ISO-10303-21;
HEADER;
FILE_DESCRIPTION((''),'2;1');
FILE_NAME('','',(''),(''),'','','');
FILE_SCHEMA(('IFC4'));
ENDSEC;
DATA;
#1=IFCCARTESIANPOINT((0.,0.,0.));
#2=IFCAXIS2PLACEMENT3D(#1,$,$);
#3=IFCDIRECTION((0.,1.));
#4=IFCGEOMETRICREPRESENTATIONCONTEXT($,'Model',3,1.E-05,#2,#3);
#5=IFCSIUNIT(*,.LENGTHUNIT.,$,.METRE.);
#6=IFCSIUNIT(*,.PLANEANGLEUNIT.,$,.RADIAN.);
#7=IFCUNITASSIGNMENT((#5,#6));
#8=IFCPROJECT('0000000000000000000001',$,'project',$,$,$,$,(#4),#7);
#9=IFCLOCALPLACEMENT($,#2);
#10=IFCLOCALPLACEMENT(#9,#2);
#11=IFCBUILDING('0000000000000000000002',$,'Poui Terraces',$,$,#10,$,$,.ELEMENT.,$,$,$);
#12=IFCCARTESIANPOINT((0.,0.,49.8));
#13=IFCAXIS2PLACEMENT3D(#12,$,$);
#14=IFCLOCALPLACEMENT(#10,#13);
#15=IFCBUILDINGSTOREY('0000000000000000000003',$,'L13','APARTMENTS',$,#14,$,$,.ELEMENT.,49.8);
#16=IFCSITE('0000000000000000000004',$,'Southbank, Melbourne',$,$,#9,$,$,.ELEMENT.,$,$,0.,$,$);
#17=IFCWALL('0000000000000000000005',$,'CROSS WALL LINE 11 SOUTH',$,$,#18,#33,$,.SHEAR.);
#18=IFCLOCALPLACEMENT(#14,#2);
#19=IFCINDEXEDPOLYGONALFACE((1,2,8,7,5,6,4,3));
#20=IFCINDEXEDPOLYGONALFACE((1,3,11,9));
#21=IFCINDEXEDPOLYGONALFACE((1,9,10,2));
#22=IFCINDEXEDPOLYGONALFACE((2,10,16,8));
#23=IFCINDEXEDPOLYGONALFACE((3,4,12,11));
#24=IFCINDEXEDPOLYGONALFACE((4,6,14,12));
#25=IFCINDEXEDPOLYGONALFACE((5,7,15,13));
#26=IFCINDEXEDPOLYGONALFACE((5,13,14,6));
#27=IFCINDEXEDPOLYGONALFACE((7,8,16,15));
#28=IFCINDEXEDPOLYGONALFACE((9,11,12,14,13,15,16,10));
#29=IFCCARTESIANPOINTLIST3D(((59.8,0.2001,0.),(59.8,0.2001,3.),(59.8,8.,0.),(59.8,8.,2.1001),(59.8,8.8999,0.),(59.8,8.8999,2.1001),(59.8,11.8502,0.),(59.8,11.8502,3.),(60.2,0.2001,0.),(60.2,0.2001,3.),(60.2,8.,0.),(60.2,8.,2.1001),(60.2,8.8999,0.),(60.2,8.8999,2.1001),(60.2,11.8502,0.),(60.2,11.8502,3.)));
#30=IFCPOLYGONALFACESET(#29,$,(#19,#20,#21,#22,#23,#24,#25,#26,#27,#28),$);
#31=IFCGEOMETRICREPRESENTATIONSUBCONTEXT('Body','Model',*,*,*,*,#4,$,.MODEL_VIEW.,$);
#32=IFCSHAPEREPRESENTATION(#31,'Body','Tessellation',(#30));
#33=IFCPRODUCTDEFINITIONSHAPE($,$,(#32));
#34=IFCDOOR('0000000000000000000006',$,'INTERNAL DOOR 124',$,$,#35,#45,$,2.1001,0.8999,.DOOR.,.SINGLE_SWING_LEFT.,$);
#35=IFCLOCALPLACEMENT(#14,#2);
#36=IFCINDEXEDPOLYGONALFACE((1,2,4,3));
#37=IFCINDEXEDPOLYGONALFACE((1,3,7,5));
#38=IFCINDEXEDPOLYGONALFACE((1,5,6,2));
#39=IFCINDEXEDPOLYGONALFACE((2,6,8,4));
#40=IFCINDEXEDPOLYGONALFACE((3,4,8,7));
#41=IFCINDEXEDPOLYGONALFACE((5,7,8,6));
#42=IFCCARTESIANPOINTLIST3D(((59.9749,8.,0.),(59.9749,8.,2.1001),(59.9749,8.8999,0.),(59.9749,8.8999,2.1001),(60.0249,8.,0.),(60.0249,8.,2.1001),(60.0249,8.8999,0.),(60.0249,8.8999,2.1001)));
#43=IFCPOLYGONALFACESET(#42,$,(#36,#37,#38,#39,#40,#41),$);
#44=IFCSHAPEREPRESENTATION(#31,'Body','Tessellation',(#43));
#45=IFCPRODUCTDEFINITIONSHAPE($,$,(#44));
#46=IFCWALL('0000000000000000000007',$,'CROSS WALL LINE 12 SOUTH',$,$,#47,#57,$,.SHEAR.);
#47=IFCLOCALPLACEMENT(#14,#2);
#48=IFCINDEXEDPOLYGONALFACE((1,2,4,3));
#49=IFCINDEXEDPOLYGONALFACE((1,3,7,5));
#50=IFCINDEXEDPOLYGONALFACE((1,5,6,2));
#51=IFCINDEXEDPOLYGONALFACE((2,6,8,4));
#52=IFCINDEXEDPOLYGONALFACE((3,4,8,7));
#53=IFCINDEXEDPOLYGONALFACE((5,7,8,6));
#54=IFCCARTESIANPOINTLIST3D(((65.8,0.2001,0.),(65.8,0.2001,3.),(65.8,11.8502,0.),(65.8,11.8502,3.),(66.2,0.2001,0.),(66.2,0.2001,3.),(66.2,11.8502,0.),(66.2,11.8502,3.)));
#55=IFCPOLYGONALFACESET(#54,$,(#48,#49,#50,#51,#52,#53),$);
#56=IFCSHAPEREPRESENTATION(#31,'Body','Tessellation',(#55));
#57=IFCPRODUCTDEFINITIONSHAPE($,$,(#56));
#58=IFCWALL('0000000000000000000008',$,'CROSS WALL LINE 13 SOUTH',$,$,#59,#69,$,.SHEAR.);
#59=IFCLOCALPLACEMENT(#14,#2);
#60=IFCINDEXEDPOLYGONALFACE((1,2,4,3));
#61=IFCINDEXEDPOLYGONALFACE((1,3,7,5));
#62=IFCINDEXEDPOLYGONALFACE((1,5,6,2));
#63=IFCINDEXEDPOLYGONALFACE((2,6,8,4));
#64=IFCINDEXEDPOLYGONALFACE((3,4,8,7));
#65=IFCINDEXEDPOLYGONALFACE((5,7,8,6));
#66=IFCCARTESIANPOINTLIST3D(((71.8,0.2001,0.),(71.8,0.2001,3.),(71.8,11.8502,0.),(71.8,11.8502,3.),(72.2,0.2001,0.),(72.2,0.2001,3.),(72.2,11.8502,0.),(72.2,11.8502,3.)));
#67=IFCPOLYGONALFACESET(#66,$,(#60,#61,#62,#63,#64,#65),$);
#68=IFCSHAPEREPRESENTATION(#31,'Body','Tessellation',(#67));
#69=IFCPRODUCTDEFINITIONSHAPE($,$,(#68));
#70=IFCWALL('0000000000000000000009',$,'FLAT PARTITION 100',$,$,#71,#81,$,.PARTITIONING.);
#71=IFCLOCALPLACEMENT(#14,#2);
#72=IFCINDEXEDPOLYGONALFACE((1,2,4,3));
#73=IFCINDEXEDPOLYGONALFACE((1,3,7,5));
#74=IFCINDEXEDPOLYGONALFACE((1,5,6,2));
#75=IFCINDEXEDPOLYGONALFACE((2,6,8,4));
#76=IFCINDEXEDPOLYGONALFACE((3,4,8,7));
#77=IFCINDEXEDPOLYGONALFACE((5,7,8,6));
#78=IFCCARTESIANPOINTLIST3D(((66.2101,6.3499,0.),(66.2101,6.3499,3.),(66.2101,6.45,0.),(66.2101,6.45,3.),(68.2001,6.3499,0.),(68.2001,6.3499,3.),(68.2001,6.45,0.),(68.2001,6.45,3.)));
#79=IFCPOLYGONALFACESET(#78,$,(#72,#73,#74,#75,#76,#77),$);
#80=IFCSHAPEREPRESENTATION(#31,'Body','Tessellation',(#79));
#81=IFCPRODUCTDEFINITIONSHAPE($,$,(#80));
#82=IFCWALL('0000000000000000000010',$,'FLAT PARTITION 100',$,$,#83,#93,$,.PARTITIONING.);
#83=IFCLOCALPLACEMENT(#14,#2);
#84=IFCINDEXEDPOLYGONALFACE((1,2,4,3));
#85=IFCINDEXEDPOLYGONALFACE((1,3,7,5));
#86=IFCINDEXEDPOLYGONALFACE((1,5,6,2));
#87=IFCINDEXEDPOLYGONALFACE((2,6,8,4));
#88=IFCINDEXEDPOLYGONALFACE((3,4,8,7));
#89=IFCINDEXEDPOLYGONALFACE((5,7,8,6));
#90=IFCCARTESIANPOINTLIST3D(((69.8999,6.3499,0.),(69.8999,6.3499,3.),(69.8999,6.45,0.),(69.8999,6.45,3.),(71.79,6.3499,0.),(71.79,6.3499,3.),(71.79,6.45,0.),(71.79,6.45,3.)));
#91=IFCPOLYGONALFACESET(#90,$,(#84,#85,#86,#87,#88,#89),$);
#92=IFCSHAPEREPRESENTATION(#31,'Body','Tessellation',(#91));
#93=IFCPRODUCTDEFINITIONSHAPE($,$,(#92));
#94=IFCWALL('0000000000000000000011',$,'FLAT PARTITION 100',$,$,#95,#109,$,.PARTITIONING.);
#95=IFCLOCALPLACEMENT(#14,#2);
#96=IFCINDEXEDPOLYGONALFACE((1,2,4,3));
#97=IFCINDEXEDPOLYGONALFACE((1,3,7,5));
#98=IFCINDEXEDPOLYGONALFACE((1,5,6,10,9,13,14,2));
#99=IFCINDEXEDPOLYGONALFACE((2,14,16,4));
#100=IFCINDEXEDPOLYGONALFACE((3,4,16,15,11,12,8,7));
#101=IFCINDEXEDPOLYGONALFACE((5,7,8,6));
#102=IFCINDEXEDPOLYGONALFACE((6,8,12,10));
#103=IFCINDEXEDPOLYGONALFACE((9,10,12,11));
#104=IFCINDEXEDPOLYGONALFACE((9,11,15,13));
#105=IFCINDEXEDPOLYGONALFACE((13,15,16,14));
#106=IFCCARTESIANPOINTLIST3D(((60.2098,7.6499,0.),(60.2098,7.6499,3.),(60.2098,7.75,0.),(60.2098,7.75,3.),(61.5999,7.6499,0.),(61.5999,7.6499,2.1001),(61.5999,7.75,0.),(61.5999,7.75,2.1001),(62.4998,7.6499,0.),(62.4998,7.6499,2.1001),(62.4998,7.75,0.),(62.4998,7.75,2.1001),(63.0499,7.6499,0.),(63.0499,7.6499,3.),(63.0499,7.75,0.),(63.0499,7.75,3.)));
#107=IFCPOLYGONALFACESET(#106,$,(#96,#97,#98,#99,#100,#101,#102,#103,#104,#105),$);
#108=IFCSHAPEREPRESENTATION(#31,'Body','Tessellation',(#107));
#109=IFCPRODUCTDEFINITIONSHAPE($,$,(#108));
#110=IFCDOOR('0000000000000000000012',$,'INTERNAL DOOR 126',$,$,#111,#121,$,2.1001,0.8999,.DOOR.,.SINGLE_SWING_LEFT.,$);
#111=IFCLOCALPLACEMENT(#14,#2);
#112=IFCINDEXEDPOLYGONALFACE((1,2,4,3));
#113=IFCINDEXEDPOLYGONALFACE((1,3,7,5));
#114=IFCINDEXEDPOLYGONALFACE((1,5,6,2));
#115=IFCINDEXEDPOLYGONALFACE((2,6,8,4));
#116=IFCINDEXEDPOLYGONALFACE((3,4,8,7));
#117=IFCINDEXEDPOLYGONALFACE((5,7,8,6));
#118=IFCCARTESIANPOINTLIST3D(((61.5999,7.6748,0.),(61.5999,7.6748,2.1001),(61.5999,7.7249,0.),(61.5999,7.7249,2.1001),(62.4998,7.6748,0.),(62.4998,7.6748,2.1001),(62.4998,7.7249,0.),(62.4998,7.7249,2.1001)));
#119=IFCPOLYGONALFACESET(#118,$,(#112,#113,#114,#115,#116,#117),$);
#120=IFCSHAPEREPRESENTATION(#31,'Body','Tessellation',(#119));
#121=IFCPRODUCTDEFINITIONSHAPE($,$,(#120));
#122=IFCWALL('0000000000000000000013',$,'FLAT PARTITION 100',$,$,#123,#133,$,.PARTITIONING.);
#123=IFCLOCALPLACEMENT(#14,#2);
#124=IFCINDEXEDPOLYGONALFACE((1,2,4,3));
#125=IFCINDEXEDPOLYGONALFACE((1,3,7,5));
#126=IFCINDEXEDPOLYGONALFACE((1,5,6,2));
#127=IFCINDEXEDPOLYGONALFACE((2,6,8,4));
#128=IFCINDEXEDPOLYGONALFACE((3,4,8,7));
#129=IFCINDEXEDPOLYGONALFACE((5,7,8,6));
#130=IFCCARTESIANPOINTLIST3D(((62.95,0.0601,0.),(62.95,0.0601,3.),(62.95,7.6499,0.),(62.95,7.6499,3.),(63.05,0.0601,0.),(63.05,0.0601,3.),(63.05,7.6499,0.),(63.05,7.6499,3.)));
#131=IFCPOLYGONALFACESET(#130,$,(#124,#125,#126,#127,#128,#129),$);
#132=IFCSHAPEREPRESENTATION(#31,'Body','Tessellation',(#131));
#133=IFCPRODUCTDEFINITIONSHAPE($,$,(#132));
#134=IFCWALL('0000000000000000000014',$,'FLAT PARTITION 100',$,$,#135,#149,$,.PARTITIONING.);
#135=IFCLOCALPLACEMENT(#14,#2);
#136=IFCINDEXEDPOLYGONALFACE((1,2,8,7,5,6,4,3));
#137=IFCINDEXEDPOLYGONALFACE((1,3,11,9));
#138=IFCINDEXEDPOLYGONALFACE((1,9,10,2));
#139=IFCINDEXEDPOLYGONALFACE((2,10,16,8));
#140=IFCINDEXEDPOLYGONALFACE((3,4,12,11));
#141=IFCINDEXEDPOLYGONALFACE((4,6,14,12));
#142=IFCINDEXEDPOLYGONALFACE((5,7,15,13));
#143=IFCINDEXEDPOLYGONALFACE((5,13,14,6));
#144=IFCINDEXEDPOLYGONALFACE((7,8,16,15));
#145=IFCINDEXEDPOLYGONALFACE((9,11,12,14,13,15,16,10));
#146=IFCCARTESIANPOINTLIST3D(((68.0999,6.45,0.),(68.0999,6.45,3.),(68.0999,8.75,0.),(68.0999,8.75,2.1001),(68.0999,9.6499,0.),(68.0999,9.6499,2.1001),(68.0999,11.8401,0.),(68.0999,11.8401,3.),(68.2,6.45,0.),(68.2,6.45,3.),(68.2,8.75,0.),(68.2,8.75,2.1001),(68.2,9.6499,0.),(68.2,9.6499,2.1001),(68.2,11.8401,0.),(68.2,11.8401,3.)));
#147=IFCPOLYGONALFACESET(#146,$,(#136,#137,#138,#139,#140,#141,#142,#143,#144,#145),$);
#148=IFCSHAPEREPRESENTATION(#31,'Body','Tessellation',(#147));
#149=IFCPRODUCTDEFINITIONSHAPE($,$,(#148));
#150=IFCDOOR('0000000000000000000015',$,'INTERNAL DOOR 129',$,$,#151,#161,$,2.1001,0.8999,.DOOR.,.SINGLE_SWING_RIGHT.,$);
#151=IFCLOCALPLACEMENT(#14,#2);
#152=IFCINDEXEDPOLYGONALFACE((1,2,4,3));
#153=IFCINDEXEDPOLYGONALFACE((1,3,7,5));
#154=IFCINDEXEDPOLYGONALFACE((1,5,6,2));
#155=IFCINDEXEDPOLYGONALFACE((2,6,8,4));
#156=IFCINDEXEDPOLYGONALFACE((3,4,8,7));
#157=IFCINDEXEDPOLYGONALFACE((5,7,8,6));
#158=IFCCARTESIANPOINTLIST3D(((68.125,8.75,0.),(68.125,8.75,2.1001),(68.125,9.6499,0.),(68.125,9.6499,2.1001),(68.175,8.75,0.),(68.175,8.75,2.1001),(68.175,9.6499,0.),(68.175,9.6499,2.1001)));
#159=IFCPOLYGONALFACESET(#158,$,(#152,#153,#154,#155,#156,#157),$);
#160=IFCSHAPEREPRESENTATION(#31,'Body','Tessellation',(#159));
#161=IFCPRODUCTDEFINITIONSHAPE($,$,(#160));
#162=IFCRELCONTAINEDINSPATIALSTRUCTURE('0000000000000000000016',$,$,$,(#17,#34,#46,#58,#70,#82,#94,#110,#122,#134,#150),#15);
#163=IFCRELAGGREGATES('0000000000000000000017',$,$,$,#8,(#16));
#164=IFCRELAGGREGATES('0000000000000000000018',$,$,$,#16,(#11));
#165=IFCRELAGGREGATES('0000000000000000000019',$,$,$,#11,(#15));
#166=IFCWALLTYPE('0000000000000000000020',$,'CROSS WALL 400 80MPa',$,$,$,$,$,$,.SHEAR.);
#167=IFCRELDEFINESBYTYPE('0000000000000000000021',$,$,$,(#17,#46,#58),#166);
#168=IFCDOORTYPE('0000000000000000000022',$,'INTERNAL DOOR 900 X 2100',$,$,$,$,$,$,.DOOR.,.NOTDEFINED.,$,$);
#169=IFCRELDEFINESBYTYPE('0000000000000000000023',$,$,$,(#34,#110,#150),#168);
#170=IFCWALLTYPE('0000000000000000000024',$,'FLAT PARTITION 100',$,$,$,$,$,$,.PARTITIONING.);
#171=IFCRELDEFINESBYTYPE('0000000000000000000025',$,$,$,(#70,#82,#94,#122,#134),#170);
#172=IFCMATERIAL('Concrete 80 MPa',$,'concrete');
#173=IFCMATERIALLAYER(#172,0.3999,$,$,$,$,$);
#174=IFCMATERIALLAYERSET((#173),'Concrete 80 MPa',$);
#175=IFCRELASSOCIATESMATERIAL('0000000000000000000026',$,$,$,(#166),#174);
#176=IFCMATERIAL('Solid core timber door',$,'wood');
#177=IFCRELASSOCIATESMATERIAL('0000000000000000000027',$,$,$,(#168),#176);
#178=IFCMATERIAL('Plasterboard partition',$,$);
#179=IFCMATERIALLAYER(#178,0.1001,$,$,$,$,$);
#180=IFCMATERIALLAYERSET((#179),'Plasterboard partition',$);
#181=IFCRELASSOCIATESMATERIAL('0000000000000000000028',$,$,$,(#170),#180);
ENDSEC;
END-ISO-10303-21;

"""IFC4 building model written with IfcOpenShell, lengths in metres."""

from ifc_helpers import new_model, si_unit, direction, frame, frame_2d, origin, place, context, subcontext, project, spatial, rectangle, extrude, material, layer, layer_set, type_object, element, fill, save


model = new_model("IFC4")

# Units and contexts
model_context = context("Model", 3, precision=1e-05, world=origin(), true_north=direction((0.0, 1.0)))
body_context = subcontext(model_context, "Body", "Model", "MODEL_VIEW")
ifc_project = project(units=[si_unit("LENGTHUNIT", "METRE"), si_unit("PLANEANGLEUNIT", "RADIAN")], contexts=[model_context])

# Site, building, storey
site_placement = place(None, origin())
site = spatial("IfcSite", under=ifc_project, at=site_placement, Name="Southbank, Melbourne", CompositionType="ELEMENT", RefElevation=0.0)
building_placement = place(site_placement, origin())
building = spatial("IfcBuilding", under=site, at=building_placement, Name="Poui Terraces", CompositionType="ELEMENT")
storey_placement = place(building_placement, frame((0.0, 0.0, 49.8)))
storey = spatial("IfcBuildingStorey", under=building, at=storey_placement, Name="L13", Description="APARTMENTS", CompositionType="ELEMENT", Elevation=49.8)

# Wall, opening, door
ifc_material_1 = material(Name="Concrete 80 MPa", Category="concrete")
ifc_layer_1 = layer(ifc_material_1, 0.3999)
ifc_layer_set_1 = layer_set([ifc_layer_1], Name="Concrete 80 MPa")
wall_type_1 = type_object("IfcWallType", Name="CROSS WALL 400 80MPa", PredefinedType="SHEAR", material=ifc_layer_set_1)
wall_1_placement = place(storey_placement, frame((60.0, 0.2, 0.0), z_axis=(0.0, 0.0, 1.0), x_axis=(0.0, 1.0, 0.0)))
wall_1 = element("IfcWall", 1, at=wall_1_placement, inside=storey, type_object=wall_type_1, Name="CROSS WALL LINE 11 SOUTH", PredefinedType="SHEAR", context=body_context, shape_type="SweptSolid", body=[
    extrude(rectangle(XDim=11.6501, YDim=0.3999, at=frame_2d((5.8252, 0.0))), origin(), (0.0, 0.0, 1.0), 3.0),
])
opening_1_placement = place(wall_1_placement, frame((7.8, 0.0, 0.0)))
opening_1 = element("IfcOpeningElement", 2, at=opening_1_placement, cuts=wall_1, PredefinedType="OPENING", context=body_context, shape_type="SweptSolid", body=[
    extrude(rectangle(XDim=0.8999, YDim=2.1001, at=frame_2d((0.45, 1.05))), frame((0.0, 0.21, 0.0), z_axis=(0.0, -1.0, 0.0), x_axis=(1.0, 0.0, 0.0)), (0.0, 0.0, 1.0), 0.4199),
])
ifc_material_2 = material(Name="Solid core timber door", Category="wood")
door_type_1 = type_object("IfcDoorType", Name="INTERNAL DOOR 900 X 2100", OperationType="NOTDEFINED", PredefinedType="DOOR", material=ifc_material_2)
door_1_placement = place(opening_1_placement, frame((0.8999, 0.0, 0.0), z_axis=(0.0, 0.0, 1.0), x_axis=(-1.0, 0.0, 0.0)))
door_1 = element("IfcDoor", 3, at=door_1_placement, inside=storey, type_object=door_type_1, Name="INTERNAL DOOR 124", OperationType="SINGLE_SWING_LEFT", OverallHeight=2.1001, OverallWidth=0.8999, PredefinedType="DOOR", context=body_context, shape_type="SweptSolid", body=[
    extrude(rectangle(XDim=0.8999, YDim=2.1001, at=frame_2d((0.45, 1.05))), frame((0.0, 0.0249, 0.0), z_axis=(0.0, -1.0, 0.0), x_axis=(1.0, 0.0, 0.0)), (0.0, 0.0, 1.0), 0.05),
])
fill(opening_1, door_1)

# Walls
for number, where, z_axis, x_axis, name in (
    (4, (66.0, 0.2, 0.0), (0.0, 0.0, 1.0), (0.0, 1.0, 0.0), "CROSS WALL LINE 12 SOUTH"),
    (5, (72.0, 0.2, 0.0), (0.0, 0.0, 1.0), (0.0, 1.0, 0.0), "CROSS WALL LINE 13 SOUTH"),
):
    element("IfcWall", number, at=place(storey_placement, frame(where, z_axis=z_axis, x_axis=x_axis)), inside=storey, type_object=wall_type_1, Name=name, PredefinedType="SHEAR", context=body_context, shape_type="SweptSolid", body=[
        extrude(rectangle(XDim=11.6501, YDim=0.3999, at=frame_2d((5.8252, 0.0))), origin(), (0.0, 0.0, 1.0), 3.0),
    ])
ifc_material_3 = material(Name="Plasterboard partition")
ifc_layer_2 = layer(ifc_material_3, 0.1001)
ifc_layer_set_2 = layer_set([ifc_layer_2], Name="Plasterboard partition")
wall_type_2 = type_object("IfcWallType", Name="FLAT PARTITION 100", PredefinedType="PARTITIONING", material=ifc_layer_set_2)
wall_2_placement = place(storey_placement, frame((66.21, 6.3999, 0.0), z_axis=(0.0, 0.0, 1.0), x_axis=(1.0, 0.0, 0.0)))
element("IfcWall", 6, at=wall_2_placement, inside=storey, type_object=wall_type_2, Name="FLAT PARTITION 100", PredefinedType="PARTITIONING", context=body_context, shape_type="SweptSolid", body=[
    extrude(rectangle(XDim=1.99, YDim=0.1001, at=frame_2d((0.9951, 0.0))), origin(), (0.0, 0.0, 1.0), 3.0),
])
wall_3_placement = place(storey_placement, frame((69.8999, 6.3999, 0.0), z_axis=(0.0, 0.0, 1.0), x_axis=(1.0, 0.0, 0.0)))
element("IfcWall", 7, at=wall_3_placement, inside=storey, type_object=wall_type_2, Name="FLAT PARTITION 100", PredefinedType="PARTITIONING", context=body_context, shape_type="SweptSolid", body=[
    extrude(rectangle(XDim=1.8901, YDim=0.1001, at=frame_2d((0.9451, 0.0))), origin(), (0.0, 0.0, 1.0), 3.0),
])

# Wall, opening, door
wall_4_placement = place(storey_placement, frame((60.21, 7.7, 0.0), z_axis=(0.0, 0.0, 1.0), x_axis=(1.0, 0.0, 0.0)))
wall_4 = element("IfcWall", 8, at=wall_4_placement, inside=storey, type_object=wall_type_2, Name="FLAT PARTITION 100", PredefinedType="PARTITIONING", context=body_context, shape_type="SweptSolid", body=[
    extrude(rectangle(XDim=2.8401, YDim=0.1001, at=frame_2d((1.4199, 0.0))), origin(), (0.0, 0.0, 1.0), 3.0),
])
opening_2_placement = place(wall_4_placement, frame((1.3899, 0.0, 0.0)))
opening_2 = element("IfcOpeningElement", 9, at=opening_2_placement, cuts=wall_4, PredefinedType="OPENING", context=body_context, shape_type="SweptSolid", body=[
    extrude(rectangle(XDim=0.8999, YDim=2.1001, at=frame_2d((0.45, 1.05))), frame((0.0, 0.0601, 0.0), z_axis=(0.0, -1.0, 0.0), x_axis=(1.0, 0.0, 0.0)), (0.0, 0.0, 1.0), 0.1201),
])
door_2_placement = place(opening_2_placement, origin())
door_2 = element("IfcDoor", 10, at=door_2_placement, inside=storey, type_object=door_type_1, Name="INTERNAL DOOR 126", OperationType="SINGLE_SWING_LEFT", OverallHeight=2.1001, OverallWidth=0.8999, PredefinedType="DOOR", context=body_context, shape_type="SweptSolid", body=[
    extrude(rectangle(XDim=0.8999, YDim=2.1001, at=frame_2d((0.45, 1.05))), frame((0.0, 0.0249, 0.0), z_axis=(0.0, -1.0, 0.0), x_axis=(1.0, 0.0, 0.0)), (0.0, 0.0, 1.0), 0.05),
])
fill(opening_2, door_2)

# Wall
wall_5_placement = place(storey_placement, frame((63.0, 0.0601, 0.0), z_axis=(0.0, 0.0, 1.0), x_axis=(0.0, 1.0, 0.0)))
element("IfcWall", 11, at=wall_5_placement, inside=storey, type_object=wall_type_2, Name="FLAT PARTITION 100", PredefinedType="PARTITIONING", context=body_context, shape_type="SweptSolid", body=[
    extrude(rectangle(XDim=7.5898, YDim=0.1001, at=frame_2d((3.7949, 0.0))), origin(), (0.0, 0.0, 1.0), 3.0),
])

# Wall, opening, door
wall_6_placement = place(storey_placement, frame((68.1499, 6.45, 0.0), z_axis=(0.0, 0.0, 1.0), x_axis=(0.0, 1.0, 0.0)))
wall_6 = element("IfcWall", 12, at=wall_6_placement, inside=storey, type_object=wall_type_2, Name="FLAT PARTITION 100", PredefinedType="PARTITIONING", context=body_context, shape_type="SweptSolid", body=[
    extrude(rectangle(XDim=5.3901, YDim=0.1001, at=frame_2d((2.6951, 0.0))), origin(), (0.0, 0.0, 1.0), 3.0),
])
opening_3_placement = place(wall_6_placement, frame((2.3, 0.0, 0.0)))
opening_3 = element("IfcOpeningElement", 13, at=opening_3_placement, cuts=wall_6, PredefinedType="OPENING", context=body_context, shape_type="SweptSolid", body=[
    extrude(rectangle(XDim=0.8999, YDim=2.1001, at=frame_2d((0.45, 1.05))), frame((0.0, 0.0601, 0.0), z_axis=(0.0, -1.0, 0.0), x_axis=(1.0, 0.0, 0.0)), (0.0, 0.0, 1.0), 0.1201),
])
door_3_placement = place(opening_3_placement, origin())
door_3 = element("IfcDoor", 14, at=door_3_placement, inside=storey, type_object=door_type_1, Name="INTERNAL DOOR 129", OperationType="SINGLE_SWING_RIGHT", OverallHeight=2.1001, OverallWidth=0.8999, PredefinedType="DOOR", context=body_context, shape_type="SweptSolid", body=[
    extrude(rectangle(XDim=0.8999, YDim=2.1001, at=frame_2d((0.45, 1.05))), frame((0.0, 0.0249, 0.0), z_axis=(0.0, -1.0, 0.0), x_axis=(1.0, 0.0, 0.0)), (0.0, 0.0, 1.0), 0.05),
])
fill(opening_3, door_3)

save(model, "model.ifc")
